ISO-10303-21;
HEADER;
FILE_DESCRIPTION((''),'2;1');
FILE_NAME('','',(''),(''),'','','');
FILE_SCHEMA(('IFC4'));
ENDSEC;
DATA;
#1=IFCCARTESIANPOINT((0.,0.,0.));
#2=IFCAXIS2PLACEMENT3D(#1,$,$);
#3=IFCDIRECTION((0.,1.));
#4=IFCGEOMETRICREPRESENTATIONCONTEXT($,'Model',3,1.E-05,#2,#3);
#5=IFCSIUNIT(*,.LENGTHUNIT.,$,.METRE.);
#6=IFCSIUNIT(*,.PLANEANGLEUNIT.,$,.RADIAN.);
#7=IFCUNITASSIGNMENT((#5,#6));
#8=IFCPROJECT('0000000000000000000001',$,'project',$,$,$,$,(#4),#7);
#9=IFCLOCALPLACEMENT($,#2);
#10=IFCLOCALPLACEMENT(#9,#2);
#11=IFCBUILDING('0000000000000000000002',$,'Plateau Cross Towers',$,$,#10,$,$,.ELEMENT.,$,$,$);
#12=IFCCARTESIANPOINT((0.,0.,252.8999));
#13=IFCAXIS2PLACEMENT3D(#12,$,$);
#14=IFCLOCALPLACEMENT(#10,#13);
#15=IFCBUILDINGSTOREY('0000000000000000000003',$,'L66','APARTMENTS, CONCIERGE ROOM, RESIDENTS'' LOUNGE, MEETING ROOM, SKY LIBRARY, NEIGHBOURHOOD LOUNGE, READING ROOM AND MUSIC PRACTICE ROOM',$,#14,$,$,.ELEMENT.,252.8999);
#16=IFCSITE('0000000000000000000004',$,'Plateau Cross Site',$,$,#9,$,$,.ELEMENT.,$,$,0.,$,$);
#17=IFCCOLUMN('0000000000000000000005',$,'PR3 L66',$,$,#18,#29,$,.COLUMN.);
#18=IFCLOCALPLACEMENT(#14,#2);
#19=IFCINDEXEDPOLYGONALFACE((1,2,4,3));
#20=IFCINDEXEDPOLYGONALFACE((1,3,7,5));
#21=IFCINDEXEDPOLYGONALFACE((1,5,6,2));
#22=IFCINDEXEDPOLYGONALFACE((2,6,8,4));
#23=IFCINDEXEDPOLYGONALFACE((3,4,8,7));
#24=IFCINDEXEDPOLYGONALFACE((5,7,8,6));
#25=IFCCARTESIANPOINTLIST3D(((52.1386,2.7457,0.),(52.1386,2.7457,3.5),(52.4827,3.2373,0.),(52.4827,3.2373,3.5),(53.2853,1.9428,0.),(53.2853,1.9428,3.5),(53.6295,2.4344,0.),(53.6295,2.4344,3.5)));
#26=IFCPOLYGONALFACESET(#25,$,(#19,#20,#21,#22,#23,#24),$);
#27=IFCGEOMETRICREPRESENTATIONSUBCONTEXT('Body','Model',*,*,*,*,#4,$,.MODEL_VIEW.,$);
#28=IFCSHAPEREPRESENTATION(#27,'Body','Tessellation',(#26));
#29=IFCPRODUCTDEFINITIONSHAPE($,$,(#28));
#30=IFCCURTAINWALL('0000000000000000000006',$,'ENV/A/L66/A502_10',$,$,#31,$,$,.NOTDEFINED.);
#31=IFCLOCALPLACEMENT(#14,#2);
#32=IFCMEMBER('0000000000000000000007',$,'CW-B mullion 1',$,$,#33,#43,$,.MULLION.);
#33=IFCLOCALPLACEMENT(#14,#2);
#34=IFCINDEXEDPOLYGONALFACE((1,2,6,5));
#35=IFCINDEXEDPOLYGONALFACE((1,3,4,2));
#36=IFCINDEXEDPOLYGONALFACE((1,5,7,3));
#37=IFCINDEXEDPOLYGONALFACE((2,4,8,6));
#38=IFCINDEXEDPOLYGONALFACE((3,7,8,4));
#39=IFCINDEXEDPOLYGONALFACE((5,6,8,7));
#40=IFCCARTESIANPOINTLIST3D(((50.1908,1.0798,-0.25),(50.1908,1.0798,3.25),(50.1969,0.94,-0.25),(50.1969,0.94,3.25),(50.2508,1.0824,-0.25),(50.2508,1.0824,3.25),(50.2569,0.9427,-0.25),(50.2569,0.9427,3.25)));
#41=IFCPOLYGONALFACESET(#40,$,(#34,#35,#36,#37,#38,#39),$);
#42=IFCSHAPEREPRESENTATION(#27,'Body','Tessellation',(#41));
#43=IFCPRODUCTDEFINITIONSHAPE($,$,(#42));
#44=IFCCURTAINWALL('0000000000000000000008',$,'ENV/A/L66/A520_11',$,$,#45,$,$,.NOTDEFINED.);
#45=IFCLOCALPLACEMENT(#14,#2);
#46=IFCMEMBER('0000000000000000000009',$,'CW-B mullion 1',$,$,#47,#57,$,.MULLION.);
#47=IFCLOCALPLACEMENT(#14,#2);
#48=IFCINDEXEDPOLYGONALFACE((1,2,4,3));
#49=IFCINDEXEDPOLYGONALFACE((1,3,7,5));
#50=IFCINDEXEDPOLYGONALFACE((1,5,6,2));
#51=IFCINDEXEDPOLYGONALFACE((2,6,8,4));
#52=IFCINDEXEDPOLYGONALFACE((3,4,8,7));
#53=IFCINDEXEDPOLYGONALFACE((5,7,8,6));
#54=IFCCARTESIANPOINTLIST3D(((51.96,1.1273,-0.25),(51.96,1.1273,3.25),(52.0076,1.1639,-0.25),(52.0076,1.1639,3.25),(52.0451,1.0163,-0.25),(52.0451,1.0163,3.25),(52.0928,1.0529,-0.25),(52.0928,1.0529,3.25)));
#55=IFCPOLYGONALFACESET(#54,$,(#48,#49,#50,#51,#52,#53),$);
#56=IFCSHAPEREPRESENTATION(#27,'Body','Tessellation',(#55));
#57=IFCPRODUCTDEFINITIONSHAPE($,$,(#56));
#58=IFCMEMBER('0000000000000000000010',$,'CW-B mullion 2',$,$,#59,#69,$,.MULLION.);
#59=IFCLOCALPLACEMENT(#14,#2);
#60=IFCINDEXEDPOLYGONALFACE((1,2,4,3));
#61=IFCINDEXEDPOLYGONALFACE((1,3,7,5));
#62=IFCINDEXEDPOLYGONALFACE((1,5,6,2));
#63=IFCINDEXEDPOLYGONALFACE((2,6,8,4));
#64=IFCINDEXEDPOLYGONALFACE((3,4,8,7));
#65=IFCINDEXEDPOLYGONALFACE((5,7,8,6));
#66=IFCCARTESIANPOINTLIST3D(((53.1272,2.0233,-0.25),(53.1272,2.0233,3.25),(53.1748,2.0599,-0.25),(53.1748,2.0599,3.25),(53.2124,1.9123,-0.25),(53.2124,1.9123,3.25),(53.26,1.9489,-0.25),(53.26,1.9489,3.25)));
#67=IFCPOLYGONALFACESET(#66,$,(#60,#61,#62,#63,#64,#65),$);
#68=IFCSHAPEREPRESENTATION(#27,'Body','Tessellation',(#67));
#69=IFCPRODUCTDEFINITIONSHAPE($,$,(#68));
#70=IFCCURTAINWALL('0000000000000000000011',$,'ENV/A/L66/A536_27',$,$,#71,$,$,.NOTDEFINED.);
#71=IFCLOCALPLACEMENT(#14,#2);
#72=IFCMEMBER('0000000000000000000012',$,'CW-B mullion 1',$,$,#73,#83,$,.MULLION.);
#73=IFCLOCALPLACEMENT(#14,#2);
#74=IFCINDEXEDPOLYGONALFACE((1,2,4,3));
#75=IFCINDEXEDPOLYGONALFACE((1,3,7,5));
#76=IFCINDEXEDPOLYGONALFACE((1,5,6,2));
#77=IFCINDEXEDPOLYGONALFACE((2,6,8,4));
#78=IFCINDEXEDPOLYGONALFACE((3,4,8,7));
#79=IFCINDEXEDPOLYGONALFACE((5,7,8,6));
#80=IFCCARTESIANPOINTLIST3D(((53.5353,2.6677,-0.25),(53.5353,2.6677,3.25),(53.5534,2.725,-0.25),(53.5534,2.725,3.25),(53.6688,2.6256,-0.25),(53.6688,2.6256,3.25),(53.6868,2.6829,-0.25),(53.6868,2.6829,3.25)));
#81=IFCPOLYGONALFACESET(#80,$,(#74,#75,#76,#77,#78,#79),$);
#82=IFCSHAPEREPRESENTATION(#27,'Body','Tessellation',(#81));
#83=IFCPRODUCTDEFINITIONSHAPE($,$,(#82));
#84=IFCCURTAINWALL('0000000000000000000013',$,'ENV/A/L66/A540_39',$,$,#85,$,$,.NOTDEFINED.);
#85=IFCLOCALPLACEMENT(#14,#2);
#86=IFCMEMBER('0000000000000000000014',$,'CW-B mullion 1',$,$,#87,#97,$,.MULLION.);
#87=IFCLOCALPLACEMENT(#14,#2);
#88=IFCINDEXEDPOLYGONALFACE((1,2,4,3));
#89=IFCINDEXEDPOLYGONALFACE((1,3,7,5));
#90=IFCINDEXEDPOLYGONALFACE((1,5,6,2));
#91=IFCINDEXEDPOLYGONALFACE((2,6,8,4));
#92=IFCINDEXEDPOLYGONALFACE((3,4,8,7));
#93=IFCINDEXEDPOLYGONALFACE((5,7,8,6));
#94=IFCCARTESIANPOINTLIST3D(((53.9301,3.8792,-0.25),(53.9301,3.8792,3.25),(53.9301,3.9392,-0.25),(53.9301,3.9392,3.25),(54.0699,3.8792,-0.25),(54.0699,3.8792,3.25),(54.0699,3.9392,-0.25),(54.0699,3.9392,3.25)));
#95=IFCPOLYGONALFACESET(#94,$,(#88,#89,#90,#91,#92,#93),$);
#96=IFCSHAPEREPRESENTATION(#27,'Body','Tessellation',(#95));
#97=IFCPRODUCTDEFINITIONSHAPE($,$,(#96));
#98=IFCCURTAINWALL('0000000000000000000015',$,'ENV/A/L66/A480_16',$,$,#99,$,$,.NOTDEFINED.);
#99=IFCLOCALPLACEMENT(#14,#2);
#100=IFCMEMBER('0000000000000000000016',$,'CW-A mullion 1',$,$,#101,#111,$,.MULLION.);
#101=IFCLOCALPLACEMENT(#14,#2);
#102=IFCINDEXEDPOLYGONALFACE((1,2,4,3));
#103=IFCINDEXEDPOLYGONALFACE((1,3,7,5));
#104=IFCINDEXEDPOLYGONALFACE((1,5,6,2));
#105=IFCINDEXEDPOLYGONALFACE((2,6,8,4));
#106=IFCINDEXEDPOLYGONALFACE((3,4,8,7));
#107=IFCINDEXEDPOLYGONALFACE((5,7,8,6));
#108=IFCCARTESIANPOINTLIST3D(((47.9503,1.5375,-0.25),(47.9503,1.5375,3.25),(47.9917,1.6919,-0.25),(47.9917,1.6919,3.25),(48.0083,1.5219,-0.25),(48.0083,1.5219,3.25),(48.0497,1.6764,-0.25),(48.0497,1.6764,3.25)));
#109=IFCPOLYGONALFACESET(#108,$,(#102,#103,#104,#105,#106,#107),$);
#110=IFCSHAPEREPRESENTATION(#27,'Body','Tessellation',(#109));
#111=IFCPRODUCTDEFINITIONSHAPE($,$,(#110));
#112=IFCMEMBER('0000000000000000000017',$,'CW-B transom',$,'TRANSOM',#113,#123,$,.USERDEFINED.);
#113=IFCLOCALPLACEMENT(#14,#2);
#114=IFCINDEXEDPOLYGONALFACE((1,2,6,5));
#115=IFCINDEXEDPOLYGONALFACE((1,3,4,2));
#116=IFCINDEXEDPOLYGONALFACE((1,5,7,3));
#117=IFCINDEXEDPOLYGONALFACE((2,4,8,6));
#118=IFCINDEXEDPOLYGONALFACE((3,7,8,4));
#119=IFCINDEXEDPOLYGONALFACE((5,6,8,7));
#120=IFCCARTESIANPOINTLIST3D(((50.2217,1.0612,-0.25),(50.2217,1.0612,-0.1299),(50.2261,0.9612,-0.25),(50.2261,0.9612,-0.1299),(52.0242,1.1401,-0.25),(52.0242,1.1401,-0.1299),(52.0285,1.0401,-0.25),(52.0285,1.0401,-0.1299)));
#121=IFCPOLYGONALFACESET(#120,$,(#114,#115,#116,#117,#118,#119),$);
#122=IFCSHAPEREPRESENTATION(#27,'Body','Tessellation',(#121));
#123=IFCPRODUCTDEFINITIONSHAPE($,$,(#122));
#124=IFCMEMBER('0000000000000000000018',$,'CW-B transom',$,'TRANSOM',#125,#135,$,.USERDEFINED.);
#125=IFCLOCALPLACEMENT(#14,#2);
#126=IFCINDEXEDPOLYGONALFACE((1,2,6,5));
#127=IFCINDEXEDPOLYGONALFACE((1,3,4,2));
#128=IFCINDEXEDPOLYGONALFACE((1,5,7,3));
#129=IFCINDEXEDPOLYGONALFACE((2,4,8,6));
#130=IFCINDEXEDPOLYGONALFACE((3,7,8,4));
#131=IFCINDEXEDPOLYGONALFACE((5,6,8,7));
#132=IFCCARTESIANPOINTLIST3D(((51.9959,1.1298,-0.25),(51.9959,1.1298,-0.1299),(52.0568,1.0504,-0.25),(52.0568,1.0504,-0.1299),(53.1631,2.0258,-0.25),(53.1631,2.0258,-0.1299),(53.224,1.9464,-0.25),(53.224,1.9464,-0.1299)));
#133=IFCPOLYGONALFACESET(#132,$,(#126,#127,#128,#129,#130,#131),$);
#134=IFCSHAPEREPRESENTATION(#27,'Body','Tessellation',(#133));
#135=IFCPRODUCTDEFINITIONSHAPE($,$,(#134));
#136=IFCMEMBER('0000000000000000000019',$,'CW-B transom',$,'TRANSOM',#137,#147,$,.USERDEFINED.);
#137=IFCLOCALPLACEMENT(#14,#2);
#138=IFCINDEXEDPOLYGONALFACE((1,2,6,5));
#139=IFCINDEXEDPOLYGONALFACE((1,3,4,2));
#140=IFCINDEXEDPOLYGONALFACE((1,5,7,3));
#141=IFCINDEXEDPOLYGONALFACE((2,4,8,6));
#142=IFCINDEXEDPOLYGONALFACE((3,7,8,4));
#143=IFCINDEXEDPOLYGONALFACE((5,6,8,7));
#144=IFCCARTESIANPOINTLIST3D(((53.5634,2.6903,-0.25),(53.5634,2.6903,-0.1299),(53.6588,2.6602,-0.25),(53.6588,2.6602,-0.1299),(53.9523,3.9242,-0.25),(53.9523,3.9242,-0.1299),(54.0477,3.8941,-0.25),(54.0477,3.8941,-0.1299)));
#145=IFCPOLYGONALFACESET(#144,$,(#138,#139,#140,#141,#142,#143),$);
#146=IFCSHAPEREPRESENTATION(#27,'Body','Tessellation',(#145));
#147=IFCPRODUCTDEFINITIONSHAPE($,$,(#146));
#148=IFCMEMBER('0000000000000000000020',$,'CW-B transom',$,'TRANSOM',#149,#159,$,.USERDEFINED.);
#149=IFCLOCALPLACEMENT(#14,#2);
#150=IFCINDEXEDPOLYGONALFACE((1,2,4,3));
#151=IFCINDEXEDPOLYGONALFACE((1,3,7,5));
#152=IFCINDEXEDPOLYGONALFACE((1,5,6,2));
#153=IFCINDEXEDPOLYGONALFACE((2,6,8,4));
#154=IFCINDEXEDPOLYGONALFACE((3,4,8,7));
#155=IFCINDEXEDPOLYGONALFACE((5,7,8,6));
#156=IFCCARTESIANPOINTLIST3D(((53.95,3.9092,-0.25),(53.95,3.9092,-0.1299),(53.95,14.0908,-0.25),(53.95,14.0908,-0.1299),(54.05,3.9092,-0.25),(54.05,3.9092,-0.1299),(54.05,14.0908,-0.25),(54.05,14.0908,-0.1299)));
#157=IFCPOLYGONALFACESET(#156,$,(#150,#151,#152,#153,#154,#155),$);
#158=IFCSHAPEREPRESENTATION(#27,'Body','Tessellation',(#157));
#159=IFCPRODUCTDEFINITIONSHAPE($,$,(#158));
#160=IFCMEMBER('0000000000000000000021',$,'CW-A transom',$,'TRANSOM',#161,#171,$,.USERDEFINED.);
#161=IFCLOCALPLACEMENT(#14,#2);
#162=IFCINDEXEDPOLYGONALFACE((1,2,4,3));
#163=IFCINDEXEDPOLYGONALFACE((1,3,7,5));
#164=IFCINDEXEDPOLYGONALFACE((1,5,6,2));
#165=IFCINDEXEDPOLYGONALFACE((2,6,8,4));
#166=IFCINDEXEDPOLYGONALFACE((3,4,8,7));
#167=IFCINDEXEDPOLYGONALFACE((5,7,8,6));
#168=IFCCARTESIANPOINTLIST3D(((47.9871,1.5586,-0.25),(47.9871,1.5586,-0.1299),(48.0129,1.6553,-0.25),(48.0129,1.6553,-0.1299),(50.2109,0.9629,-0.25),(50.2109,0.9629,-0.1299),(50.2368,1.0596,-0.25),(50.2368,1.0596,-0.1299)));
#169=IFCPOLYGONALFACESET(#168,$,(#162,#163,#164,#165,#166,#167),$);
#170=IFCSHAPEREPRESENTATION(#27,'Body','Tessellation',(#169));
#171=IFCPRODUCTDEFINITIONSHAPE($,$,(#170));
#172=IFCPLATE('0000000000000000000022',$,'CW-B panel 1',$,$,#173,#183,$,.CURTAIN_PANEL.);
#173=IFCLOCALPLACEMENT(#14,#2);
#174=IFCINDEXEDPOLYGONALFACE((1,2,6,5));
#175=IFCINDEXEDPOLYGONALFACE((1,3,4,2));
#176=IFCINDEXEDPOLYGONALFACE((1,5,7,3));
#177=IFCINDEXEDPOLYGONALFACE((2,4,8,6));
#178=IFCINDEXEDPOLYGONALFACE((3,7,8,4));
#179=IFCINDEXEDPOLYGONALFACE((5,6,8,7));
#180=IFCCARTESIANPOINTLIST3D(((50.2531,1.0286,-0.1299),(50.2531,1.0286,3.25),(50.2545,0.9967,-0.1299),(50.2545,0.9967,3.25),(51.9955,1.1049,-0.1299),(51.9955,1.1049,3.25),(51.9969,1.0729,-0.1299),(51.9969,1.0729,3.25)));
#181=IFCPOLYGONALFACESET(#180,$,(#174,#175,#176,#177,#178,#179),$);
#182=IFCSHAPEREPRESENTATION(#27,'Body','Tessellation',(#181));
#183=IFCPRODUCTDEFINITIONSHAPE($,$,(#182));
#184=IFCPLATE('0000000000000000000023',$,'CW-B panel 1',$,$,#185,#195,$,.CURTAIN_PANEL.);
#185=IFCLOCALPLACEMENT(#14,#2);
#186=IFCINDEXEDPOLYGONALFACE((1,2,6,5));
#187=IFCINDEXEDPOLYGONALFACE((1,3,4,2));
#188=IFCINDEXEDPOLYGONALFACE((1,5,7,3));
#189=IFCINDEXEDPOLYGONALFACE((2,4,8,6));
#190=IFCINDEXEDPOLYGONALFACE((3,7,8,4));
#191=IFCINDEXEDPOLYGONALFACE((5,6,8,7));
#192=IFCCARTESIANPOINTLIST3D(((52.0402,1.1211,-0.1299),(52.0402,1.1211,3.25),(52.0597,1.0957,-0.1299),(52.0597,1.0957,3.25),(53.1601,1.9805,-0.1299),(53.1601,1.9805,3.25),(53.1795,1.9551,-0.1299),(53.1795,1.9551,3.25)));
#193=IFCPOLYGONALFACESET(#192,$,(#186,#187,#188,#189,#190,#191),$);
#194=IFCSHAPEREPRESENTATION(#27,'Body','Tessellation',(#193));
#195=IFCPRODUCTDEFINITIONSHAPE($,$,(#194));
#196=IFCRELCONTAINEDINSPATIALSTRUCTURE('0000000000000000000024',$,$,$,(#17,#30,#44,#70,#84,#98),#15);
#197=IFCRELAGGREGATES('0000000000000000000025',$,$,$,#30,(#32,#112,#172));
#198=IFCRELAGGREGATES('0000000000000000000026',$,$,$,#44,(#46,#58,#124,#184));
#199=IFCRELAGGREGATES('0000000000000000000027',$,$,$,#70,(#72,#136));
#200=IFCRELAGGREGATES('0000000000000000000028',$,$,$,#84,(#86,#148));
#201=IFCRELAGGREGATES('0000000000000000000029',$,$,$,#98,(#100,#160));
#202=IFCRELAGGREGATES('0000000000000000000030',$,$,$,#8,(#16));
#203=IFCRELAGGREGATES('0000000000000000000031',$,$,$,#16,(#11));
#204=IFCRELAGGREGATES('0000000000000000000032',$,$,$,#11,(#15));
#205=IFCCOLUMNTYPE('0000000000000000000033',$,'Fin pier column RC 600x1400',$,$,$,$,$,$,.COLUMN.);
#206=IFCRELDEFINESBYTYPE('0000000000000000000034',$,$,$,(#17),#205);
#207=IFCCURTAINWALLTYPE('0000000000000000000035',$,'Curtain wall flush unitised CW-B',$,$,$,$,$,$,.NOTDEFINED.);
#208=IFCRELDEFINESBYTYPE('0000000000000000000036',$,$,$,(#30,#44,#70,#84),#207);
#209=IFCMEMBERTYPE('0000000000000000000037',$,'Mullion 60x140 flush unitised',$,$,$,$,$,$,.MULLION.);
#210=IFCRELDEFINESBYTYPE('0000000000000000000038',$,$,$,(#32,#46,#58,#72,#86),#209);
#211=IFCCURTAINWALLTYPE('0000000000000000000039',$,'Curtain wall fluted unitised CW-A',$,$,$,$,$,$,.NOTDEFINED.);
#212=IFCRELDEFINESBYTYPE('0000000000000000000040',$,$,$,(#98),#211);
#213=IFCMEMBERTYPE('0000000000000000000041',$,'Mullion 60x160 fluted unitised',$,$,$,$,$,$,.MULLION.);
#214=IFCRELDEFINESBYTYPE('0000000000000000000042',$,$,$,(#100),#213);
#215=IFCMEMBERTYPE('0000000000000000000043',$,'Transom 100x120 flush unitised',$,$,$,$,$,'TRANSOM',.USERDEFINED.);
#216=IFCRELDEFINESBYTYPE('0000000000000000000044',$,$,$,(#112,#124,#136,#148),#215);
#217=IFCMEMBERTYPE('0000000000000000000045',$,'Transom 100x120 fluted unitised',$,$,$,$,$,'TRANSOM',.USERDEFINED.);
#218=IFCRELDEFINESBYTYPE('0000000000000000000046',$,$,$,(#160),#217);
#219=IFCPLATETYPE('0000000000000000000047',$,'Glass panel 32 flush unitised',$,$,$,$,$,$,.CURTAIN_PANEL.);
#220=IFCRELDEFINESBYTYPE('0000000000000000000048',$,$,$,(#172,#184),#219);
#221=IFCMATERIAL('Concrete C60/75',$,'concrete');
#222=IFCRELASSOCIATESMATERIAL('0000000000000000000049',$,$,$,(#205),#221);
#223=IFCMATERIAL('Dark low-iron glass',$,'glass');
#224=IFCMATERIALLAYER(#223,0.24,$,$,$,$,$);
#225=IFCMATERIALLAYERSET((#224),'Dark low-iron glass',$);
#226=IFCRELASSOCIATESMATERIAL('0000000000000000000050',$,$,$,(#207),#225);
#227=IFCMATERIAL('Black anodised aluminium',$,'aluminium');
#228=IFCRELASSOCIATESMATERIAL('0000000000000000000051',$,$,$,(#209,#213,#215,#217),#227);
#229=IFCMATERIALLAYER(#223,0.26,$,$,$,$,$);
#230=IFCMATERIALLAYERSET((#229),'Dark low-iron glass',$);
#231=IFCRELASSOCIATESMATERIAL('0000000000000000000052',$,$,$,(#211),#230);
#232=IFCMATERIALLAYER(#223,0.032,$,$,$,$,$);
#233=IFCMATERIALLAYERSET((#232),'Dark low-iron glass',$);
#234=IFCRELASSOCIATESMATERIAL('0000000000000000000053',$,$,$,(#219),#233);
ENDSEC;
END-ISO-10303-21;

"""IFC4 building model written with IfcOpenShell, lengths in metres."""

from ifc_helpers import new_model, si_unit, direction, frame, origin, origin_2d, place, context, subcontext, project, spatial, rectangle, extrude, material, layer, layer_set, material_profile, profile_set, type_object, element, aggregate, save


model = new_model("IFC4")

# Units and contexts
model_context = context("Model", 3, precision=1e-05, world=origin(), true_north=direction((0.0, 1.0)))
body_context = subcontext(model_context, "Body", "Model", "MODEL_VIEW")
ifc_project = project(units=[si_unit("LENGTHUNIT", "METRE"), si_unit("PLANEANGLEUNIT", "RADIAN")], contexts=[model_context])

# Site, building, storey
site_placement = place(None, origin())
site = spatial("IfcSite", under=ifc_project, at=site_placement, Name="Plateau Cross Site", CompositionType="ELEMENT", RefElevation=0.0)
building_placement = place(site_placement, origin())
building = spatial("IfcBuilding", under=site, at=building_placement, Name="Plateau Cross Towers", CompositionType="ELEMENT")
storey_placement = place(building_placement, frame((0.0, 0.0, 252.8999)))
storey = spatial("IfcBuildingStorey", under=building, at=storey_placement, Name="L66", Description="APARTMENTS, CONCIERGE ROOM, RESIDENTS' LOUNGE, MEETING ROOM, SKY LIBRARY, NEIGHBOURHOOD LOUNGE, READING ROOM AND MUSIC PRACTICE ROOM", CompositionType="ELEMENT", Elevation=252.8999)

# Column
ifc_material_1 = material(Name="Concrete C60/75", Category="concrete")
ifc_material_profile_1 = material_profile(ifc_material_1, rectangle(XDim=0.6001, YDim=1.3999, at=origin_2d()), Name="RC 600x1400")
ifc_profile_set_1 = profile_set([ifc_material_profile_1], Name="Concrete C60/75")
column_type = type_object("IfcColumnType", Name="Fin pier column RC 600x1400", PredefinedType="COLUMN", material=ifc_profile_set_1)
column_placement = place(storey_placement, frame((52.884, 2.5901, 0.0), z_axis=(0.0, 0.0, 1.0), x_axis=(0.573543, 0.819176, 0.0)))
element("IfcColumn", 1, at=column_placement, inside=storey, type_object=column_type, Name="PR3 L66", PredefinedType="COLUMN", context=body_context, shape_type="SweptSolid", body=[
    extrude(rectangle(XDim=0.6001, YDim=1.3999, at=origin_2d()), origin(), (0.0, 0.0, 1.0), 3.5),
])

# Curtain wall, member
ifc_material_2 = material(Name="Dark low-iron glass", Category="glass")
ifc_layer_1 = layer(ifc_material_2, 0.24)
ifc_layer_set_1 = layer_set([ifc_layer_1], Name="Dark low-iron glass")
curtain_wall_type_1 = type_object("IfcCurtainWallType", Name="Curtain wall flush unitised CW-B", PredefinedType="NOTDEFINED", material=ifc_layer_set_1)
curtain_wall_1_placement = place(storey_placement, origin())
curtain_wall_1 = element("IfcCurtainWall", 2, at=curtain_wall_1_placement, inside=storey, type_object=curtain_wall_type_1, Name="ENV/A/L66/A502_10", PredefinedType="NOTDEFINED")
ifc_material_3 = material(Name="Black anodised aluminium", Category="aluminium")
ifc_material_profile_2 = material_profile(ifc_material_3, rectangle(XDim=0.0601, YDim=0.1399, at=origin_2d()), Name="MULLION 60x140")
ifc_profile_set_2 = profile_set([ifc_material_profile_2], Name="Black anodised aluminium")
member_type_1 = type_object("IfcMemberType", Name="Mullion 60x140 flush unitised", PredefinedType="MULLION", material=ifc_profile_set_2)
member_1_placement = place(storey_placement, frame((50.2239, 1.0112, -0.25), z_axis=(0.0, 0.0, 1.0), x_axis=(0.999044, 0.043723, 0.0)))
member_1 = element("IfcMember", 3, at=member_1_placement, type_object=member_type_1, Name="CW-B mullion 1", PredefinedType="MULLION", context=body_context, shape_type="SweptSolid", body=[
    extrude(rectangle(XDim=0.0601, YDim=0.1399, at=origin_2d()), origin(), (0.0, 0.0, 1.0), 3.5),
])

# Curtain wall, members
curtain_wall_2_placement = place(storey_placement, origin())
curtain_wall_2 = element("IfcCurtainWall", 4, at=curtain_wall_2_placement, inside=storey, type_object=curtain_wall_type_1, Name="ENV/A/L66/A520_11", PredefinedType="NOTDEFINED")
member_2_placement = place(storey_placement, frame((52.0264, 1.0901, -0.25), z_axis=(0.0, 0.0, 1.0), x_axis=(0.793316, 0.608811, 0.0)))
member_2 = element("IfcMember", 5, at=member_2_placement, type_object=member_type_1, Name="CW-B mullion 1", PredefinedType="MULLION", context=body_context, shape_type="SweptSolid", body=[
    extrude(rectangle(XDim=0.0601, YDim=0.1399, at=origin_2d()), origin(), (0.0, 0.0, 1.0), 3.5),
])
member_3_placement = place(storey_placement, frame((53.1936, 1.9861, -0.25), z_axis=(0.0, 0.0, 1.0), x_axis=(0.793316, 0.608811, 0.0)))
member_3 = element("IfcMember", 6, at=member_3_placement, type_object=member_type_1, Name="CW-B mullion 2", PredefinedType="MULLION", context=body_context, shape_type="SweptSolid", body=[
    extrude(rectangle(XDim=0.0601, YDim=0.1399, at=origin_2d()), origin(), (0.0, 0.0, 1.0), 3.5),
])

# Curtain walls, members
curtain_wall_3_placement = place(storey_placement, origin())
curtain_wall_3 = element("IfcCurtainWall", 7, at=curtain_wall_3_placement, inside=storey, type_object=curtain_wall_type_1, Name="ENV/A/L66/A536_27", PredefinedType="NOTDEFINED")
member_4_placement = place(storey_placement, frame((53.6111, 2.6753, -0.25), z_axis=(0.0, 0.0, 1.0), x_axis=(0.300686, 0.953723, 0.0)))
member_4 = element("IfcMember", 8, at=member_4_placement, type_object=member_type_1, Name="CW-B mullion 1", PredefinedType="MULLION", context=body_context, shape_type="SweptSolid", body=[
    extrude(rectangle(XDim=0.0601, YDim=0.1399, at=origin_2d()), origin(), (0.0, 0.0, 1.0), 3.5),
])
curtain_wall_4_placement = place(storey_placement, origin())
curtain_wall_4 = element("IfcCurtainWall", 9, at=curtain_wall_4_placement, inside=storey, type_object=curtain_wall_type_1, Name="ENV/A/L66/A540_39", PredefinedType="NOTDEFINED")
member_5_placement = place(storey_placement, frame((54.0, 3.9092, -0.25), z_axis=(0.0, 0.0, 1.0), x_axis=(0.0, 1.0, 0.0)))
member_5 = element("IfcMember", 10, at=member_5_placement, type_object=member_type_1, Name="CW-B mullion 1", PredefinedType="MULLION", context=body_context, shape_type="SweptSolid", body=[
    extrude(rectangle(XDim=0.0601, YDim=0.1399, at=origin_2d()), origin(), (0.0, 0.0, 1.0), 3.5),
])
ifc_layer_2 = layer(ifc_material_2, 0.26)
ifc_layer_set_2 = layer_set([ifc_layer_2], Name="Dark low-iron glass")
curtain_wall_type_2 = type_object("IfcCurtainWallType", Name="Curtain wall fluted unitised CW-A", PredefinedType="NOTDEFINED", material=ifc_layer_set_2)
curtain_wall_5_placement = place(storey_placement, origin())
curtain_wall_5 = element("IfcCurtainWall", 11, at=curtain_wall_5_placement, inside=storey, type_object=curtain_wall_type_2, Name="ENV/A/L66/A480_16", PredefinedType="NOTDEFINED")
ifc_material_profile_3 = material_profile(ifc_material_3, rectangle(XDim=0.0601, YDim=0.1599, at=origin_2d()), Name="MULLION 60x160")
ifc_profile_set_3 = profile_set([ifc_material_profile_3], Name="Black anodised aluminium")
member_type_2 = type_object("IfcMemberType", Name="Mullion 60x160 fluted unitised", PredefinedType="MULLION", material=ifc_profile_set_3)
member_6_placement = place(storey_placement, frame((48.0, 1.6069, -0.25), z_axis=(0.0, 0.0, 1.0), x_axis=(0.965958, -0.258699, 0.0)))
member_6 = element("IfcMember", 12, at=member_6_placement, type_object=member_type_2, Name="CW-A mullion 1", PredefinedType="MULLION", context=body_context, shape_type="SweptSolid", body=[
    extrude(rectangle(XDim=0.0601, YDim=0.1599, at=origin_2d()), origin(), (0.0, 0.0, 1.0), 3.5),
])

# Members
ifc_material_profile_4 = material_profile(ifc_material_3, rectangle(XDim=0.1001, YDim=0.1201, at=origin_2d()), Name="TRANSOM 100x120")
ifc_profile_set_4 = profile_set([ifc_material_profile_4], Name="Black anodised aluminium")
member_type_3 = type_object("IfcMemberType", Name="Transom 100x120 flush unitised", ElementType="TRANSOM", PredefinedType="USERDEFINED", material=ifc_profile_set_4)
member_7_placement = place(storey_placement, frame((50.2239, 1.0112, -0.1899), z_axis=(0.999044, 0.043707, 0.0), x_axis=(-0.043707, 0.999044, 0.0)))
member_7 = element("IfcMember", 13, at=member_7_placement, type_object=member_type_3, Name="CW-B transom", ObjectType="TRANSOM", PredefinedType="USERDEFINED", context=body_context, shape_type="SweptSolid", body=[
    extrude(rectangle(XDim=0.1001, YDim=0.1201, at=origin_2d()), origin(), (0.0, 0.0, 1.0), 1.8042),
])
member_8_placement = place(storey_placement, frame((52.0264, 1.0901, -0.1899), z_axis=(0.79324, 0.608909, 0.0), x_axis=(-0.608909, 0.79324, 0.0)))
member_8 = element("IfcMember", 14, at=member_8_placement, type_object=member_type_3, Name="CW-B transom", ObjectType="TRANSOM", PredefinedType="USERDEFINED", context=body_context, shape_type="SweptSolid", body=[
    extrude(rectangle(XDim=0.1001, YDim=0.1201, at=origin_2d()), origin(), (0.0, 0.0, 1.0), 1.4714),
])
member_9_placement = place(storey_placement, frame((53.6111, 2.6753, -0.1899), z_axis=(0.300617, 0.953745, 0.0), x_axis=(-0.953745, 0.300617, 0.0)))
member_9 = element("IfcMember", 15, at=member_9_placement, type_object=member_type_3, Name="CW-B transom", ObjectType="TRANSOM", PredefinedType="USERDEFINED", context=body_context, shape_type="SweptSolid", body=[
    extrude(rectangle(XDim=0.1001, YDim=0.1201, at=origin_2d()), origin(), (0.0, 0.0, 1.0), 1.2937),
])
member_10_placement = place(storey_placement, frame((54.0, 3.9092, -0.1899), z_axis=(0.0, 1.0, 0.0), x_axis=(-1.0, 0.0, 0.0)))
member_10 = element("IfcMember", 16, at=member_10_placement, type_object=member_type_3, Name="CW-B transom", ObjectType="TRANSOM", PredefinedType="USERDEFINED", context=body_context, shape_type="SweptSolid", body=[
    extrude(rectangle(XDim=0.1001, YDim=0.1201, at=origin_2d()), origin(), (0.0, 0.0, 1.0), 10.1816),
])
ifc_material_profile_5 = material_profile(ifc_material_3, rectangle(XDim=0.1001, YDim=0.1201, at=origin_2d()), Name="TRANSOM 100x120")
ifc_profile_set_5 = profile_set([ifc_material_profile_5], Name="Black anodised aluminium")
member_type_4 = type_object("IfcMemberType", Name="Transom 100x120 fluted unitised", ElementType="TRANSOM", PredefinedType="USERDEFINED", material=ifc_profile_set_5)
member_11_placement = place(storey_placement, frame((48.0, 1.6069, -0.1899), z_axis=(0.965946, -0.258745, 0.0), x_axis=(0.258745, 0.965946, 0.0)))
member_11 = element("IfcMember", 17, at=member_11_placement, type_object=member_type_4, Name="CW-A transom", ObjectType="TRANSOM", PredefinedType="USERDEFINED", context=body_context, shape_type="SweptSolid", body=[
    extrude(rectangle(XDim=0.1001, YDim=0.1201, at=origin_2d()), origin(), (0.0, 0.0, 1.0), 2.3022),
])

# Plates
ifc_layer_3 = layer(ifc_material_2, 0.032)
ifc_layer_set_3 = layer_set([ifc_layer_3], Name="Dark low-iron glass")
plate_type_1 = type_object("IfcPlateType", Name="Glass panel 32 flush unitised", PredefinedType="CURTAIN_PANEL", material=ifc_layer_set_3)
plate_1_placement = place(storey_placement, frame((51.125, 1.0508, -0.1299), z_axis=(0.0, 0.0, 1.0), x_axis=(0.999044, 0.043723, 0.0)))
plate_1 = element("IfcPlate", 18, at=plate_1_placement, type_object=plate_type_1, Name="CW-B panel 1", PredefinedType="CURTAIN_PANEL", context=body_context, shape_type="SweptSolid", body=[
    extrude(rectangle(XDim=1.7441, YDim=0.032, at=origin_2d()), origin(), (0.0, 0.0, 1.0), 3.3799),
])
aggregate(curtain_wall_1, [member_1, member_7, plate_1])
plate_2_placement = place(storey_placement, frame((52.6099, 1.5381, -0.1299), z_axis=(0.0, 0.0, 1.0), x_axis=(0.793316, 0.608811, 0.0)))
plate_2 = element("IfcPlate", 19, at=plate_2_placement, type_object=plate_type_1, Name="CW-B panel 1", PredefinedType="CURTAIN_PANEL", context=body_context, shape_type="SweptSolid", body=[
    extrude(rectangle(XDim=1.4116, YDim=0.032, at=origin_2d()), origin(), (0.0, 0.0, 1.0), 3.3799),
])
aggregate(curtain_wall_2, [member_2, member_3, member_8, plate_2])
aggregate(curtain_wall_3, [member_4, member_9])
aggregate(curtain_wall_4, [member_5, member_10])

aggregate(curtain_wall_5, [member_6, member_11])

save(model, "model.ifc")
